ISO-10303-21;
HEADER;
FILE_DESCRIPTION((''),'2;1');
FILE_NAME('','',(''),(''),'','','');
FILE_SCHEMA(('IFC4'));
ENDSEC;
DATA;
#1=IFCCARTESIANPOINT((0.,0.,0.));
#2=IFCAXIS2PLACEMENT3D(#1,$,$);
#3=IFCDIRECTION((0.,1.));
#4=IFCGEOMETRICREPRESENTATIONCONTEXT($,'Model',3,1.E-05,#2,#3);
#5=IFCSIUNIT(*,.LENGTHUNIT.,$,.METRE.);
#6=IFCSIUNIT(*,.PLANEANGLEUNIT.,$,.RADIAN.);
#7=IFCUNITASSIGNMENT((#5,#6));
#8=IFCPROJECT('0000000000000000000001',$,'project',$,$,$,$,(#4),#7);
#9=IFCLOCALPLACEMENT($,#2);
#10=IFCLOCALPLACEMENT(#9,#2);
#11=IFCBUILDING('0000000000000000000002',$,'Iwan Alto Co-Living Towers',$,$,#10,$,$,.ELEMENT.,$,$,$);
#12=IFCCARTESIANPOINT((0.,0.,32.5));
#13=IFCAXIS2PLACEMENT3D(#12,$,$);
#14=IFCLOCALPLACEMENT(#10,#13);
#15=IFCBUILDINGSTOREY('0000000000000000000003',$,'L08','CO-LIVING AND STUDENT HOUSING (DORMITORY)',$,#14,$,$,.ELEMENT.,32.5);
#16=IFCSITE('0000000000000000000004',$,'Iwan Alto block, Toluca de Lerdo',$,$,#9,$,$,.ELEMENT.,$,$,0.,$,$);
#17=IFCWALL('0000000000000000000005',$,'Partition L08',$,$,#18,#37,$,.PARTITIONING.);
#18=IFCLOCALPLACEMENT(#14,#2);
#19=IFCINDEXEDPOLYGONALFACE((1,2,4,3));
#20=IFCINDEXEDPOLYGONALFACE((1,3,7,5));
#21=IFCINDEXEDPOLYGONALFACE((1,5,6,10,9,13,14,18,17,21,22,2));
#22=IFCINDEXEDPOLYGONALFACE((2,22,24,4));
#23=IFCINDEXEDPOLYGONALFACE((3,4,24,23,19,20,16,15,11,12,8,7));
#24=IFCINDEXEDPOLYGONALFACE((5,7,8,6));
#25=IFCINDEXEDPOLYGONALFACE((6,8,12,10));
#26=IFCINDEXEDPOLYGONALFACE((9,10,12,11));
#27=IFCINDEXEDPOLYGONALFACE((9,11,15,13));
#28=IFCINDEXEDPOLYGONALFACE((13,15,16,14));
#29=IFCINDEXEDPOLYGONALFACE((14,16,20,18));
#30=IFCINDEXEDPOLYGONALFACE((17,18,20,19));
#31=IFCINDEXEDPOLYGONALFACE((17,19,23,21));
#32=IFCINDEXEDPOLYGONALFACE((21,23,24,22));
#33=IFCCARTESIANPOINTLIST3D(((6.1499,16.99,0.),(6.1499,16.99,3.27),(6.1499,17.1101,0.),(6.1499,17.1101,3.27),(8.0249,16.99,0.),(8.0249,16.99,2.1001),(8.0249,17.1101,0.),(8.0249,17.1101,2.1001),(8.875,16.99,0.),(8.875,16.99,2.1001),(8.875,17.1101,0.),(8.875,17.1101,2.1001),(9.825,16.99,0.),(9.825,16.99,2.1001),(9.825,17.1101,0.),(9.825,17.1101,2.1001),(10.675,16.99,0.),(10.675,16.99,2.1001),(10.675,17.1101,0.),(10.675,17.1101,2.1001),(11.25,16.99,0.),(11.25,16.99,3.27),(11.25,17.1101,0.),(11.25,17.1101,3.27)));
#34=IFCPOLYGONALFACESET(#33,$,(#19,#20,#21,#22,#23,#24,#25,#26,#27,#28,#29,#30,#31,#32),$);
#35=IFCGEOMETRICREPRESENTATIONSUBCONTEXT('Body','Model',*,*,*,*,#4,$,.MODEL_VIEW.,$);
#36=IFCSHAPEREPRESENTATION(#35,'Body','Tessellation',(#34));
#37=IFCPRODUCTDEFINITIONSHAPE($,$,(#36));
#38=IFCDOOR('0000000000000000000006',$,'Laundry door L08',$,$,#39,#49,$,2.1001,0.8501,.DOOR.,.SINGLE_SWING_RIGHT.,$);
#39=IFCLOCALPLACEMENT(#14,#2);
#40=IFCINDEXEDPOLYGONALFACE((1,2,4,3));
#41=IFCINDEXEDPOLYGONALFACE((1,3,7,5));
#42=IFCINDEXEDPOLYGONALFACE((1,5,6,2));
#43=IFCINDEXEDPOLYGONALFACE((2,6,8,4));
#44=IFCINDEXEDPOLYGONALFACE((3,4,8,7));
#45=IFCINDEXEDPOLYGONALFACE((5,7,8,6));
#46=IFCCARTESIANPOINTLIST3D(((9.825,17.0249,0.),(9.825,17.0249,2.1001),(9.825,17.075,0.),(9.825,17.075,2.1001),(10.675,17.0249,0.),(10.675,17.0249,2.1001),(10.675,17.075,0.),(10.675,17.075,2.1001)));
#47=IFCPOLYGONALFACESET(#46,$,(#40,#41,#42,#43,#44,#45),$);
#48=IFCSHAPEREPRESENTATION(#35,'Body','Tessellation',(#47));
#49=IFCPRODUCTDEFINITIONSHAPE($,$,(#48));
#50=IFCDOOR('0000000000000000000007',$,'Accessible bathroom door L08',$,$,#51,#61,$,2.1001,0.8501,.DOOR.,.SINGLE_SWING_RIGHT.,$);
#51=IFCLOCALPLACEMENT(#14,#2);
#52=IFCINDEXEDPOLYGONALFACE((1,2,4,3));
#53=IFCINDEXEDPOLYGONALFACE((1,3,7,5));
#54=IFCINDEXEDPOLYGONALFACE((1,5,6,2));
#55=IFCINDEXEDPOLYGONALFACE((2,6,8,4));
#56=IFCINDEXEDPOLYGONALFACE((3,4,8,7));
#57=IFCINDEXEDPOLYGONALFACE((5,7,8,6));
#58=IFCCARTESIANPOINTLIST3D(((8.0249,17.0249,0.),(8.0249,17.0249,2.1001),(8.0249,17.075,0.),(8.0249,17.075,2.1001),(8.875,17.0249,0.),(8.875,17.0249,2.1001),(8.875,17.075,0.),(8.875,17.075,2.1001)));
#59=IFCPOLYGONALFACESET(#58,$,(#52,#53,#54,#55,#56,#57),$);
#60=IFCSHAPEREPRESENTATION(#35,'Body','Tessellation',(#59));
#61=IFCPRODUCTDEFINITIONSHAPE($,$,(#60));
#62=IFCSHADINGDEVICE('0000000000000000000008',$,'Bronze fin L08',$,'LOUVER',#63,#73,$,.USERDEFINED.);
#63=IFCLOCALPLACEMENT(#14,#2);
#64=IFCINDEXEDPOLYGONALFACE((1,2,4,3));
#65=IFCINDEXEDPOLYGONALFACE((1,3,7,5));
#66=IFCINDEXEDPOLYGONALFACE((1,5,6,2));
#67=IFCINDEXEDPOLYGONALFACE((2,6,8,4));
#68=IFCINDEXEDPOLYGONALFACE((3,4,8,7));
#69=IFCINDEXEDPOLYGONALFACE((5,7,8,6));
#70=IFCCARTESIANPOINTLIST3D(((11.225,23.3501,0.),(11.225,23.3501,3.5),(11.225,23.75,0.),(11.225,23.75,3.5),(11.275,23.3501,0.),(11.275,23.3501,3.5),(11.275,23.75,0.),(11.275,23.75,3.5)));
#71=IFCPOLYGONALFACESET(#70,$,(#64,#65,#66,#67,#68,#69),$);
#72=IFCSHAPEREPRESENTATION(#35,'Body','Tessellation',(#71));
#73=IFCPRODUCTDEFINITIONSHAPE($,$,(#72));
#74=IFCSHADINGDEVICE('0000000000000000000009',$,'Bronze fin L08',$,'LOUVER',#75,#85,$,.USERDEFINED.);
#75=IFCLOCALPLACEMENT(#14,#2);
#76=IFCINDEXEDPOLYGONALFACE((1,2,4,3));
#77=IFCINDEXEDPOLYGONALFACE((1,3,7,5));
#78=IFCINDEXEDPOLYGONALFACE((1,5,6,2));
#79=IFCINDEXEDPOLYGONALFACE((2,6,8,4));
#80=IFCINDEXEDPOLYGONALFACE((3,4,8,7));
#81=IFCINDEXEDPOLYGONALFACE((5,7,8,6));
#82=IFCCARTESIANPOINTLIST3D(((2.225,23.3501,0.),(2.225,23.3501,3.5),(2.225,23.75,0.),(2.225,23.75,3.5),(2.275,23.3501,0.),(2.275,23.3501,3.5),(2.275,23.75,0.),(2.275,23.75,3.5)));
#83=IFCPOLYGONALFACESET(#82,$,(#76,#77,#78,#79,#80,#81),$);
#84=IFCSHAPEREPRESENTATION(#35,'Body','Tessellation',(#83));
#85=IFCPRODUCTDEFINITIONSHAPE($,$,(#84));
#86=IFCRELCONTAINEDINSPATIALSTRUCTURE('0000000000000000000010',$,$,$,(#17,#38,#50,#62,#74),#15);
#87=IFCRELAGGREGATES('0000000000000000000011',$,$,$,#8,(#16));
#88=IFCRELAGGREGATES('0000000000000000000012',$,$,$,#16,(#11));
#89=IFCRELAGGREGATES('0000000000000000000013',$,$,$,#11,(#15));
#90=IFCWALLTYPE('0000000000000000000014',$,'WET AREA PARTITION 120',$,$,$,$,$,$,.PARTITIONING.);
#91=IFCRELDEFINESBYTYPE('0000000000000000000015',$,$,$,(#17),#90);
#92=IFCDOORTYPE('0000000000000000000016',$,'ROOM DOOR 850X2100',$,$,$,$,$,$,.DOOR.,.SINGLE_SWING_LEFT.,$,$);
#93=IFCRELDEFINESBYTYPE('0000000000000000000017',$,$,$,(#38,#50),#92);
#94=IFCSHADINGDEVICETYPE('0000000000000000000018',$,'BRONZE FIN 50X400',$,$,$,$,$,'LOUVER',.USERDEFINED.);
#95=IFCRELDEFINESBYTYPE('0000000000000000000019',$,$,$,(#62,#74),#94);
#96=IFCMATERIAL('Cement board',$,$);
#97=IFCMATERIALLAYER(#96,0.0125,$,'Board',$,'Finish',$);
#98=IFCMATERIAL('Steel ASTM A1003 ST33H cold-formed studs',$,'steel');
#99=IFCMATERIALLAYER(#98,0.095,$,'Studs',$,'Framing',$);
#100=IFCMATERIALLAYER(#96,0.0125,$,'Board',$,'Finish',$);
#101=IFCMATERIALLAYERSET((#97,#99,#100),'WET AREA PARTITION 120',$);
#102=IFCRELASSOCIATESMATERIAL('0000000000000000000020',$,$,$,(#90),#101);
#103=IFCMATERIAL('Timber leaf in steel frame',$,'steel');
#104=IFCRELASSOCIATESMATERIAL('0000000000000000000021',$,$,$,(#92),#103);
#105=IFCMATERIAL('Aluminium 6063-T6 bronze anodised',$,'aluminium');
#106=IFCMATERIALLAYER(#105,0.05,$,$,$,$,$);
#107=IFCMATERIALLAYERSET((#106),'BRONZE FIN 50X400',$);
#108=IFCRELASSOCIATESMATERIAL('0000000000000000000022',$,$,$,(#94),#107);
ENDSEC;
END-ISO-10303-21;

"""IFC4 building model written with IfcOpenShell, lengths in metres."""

from ifc_helpers import new_model, si_unit, direction, frame, frame_2d, origin, origin_2d, place, context, subcontext, project, spatial, rectangle, extrude, material, layer, layer_set, type_object, element, fill, save


model = new_model("IFC4")

# Units and contexts
model_context = context("Model", 3, precision=1e-05, world=origin(), true_north=direction((0.0, 1.0)))
body_context = subcontext(model_context, "Body", "Model", "MODEL_VIEW")
ifc_project = project(units=[si_unit("LENGTHUNIT", "METRE"), si_unit("PLANEANGLEUNIT", "RADIAN")], contexts=[model_context])

# Site, building, storey
site_placement = place(None, origin())
site = spatial("IfcSite", under=ifc_project, at=site_placement, Name="Iwan Alto block, Toluca de Lerdo", CompositionType="ELEMENT", RefElevation=0.0)
building_placement = place(site_placement, origin())
building = spatial("IfcBuilding", under=site, at=building_placement, Name="Iwan Alto Co-Living Towers", CompositionType="ELEMENT")
storey_placement = place(building_placement, frame((0.0, 0.0, 32.5)))
storey = spatial("IfcBuildingStorey", under=building, at=storey_placement, Name="L08", Description="CO-LIVING AND STUDENT HOUSING (DORMITORY)", CompositionType="ELEMENT", Elevation=32.5)

# Shared definitions
ifc_material_1 = material(Name="Steel ASTM A1003 ST33H cold-formed studs", Category="steel")

# Wall, openings, doors
ifc_material_2 = material(Name="Cement board")
ifc_layer_1 = layer(ifc_material_2, 0.0125, Name="Board", Category="Finish")
ifc_layer_2 = layer(ifc_material_1, 0.095, Name="Studs", Category="Framing")
ifc_layer_3 = layer(ifc_material_2, 0.0125, Name="Board", Category="Finish")
ifc_layer_set_1 = layer_set([ifc_layer_1, ifc_layer_2, ifc_layer_3], Name="WET AREA PARTITION 120")
wall_type_1 = type_object("IfcWallType", Name="WET AREA PARTITION 120", PredefinedType="PARTITIONING", material=ifc_layer_set_1)
wall_placement = place(storey_placement, frame((6.1499, 17.05, 0.0), z_axis=(0.0, 0.0, 1.0), x_axis=(1.0, 0.0, 0.0)))
wall = element("IfcWall", 1, at=wall_placement, inside=storey, type_object=wall_type_1, Name="Partition L08", PredefinedType="PARTITIONING", context=body_context, shape_type="SweptSolid", body=[
    extrude(rectangle(XDim=5.1001, YDim=0.1201, at=frame_2d((2.55, 0.0))), origin(), (0.0, 0.0, 1.0), 3.27),
])
opening_1_placement = place(wall_placement, frame((3.675, 0.0, 0.0)))
opening_1 = element("IfcOpeningElement", 2, at=opening_1_placement, cuts=wall, PredefinedType="OPENING", context=body_context, shape_type="SweptSolid", body=[
    extrude(rectangle(XDim=0.8501, YDim=2.1001, at=frame_2d((0.425, 1.05))), frame((0.0, 0.0701, 0.0), z_axis=(0.0, -1.0, 0.0), x_axis=(1.0, 0.0, 0.0)), (0.0, 0.0, 1.0), 0.1401),
])
opening_2_placement = place(wall_placement, frame((1.875, 0.0, 0.0)))
opening_2 = element("IfcOpeningElement", 3, at=opening_2_placement, cuts=wall, PredefinedType="OPENING", context=body_context, shape_type="SweptSolid", body=[
    extrude(rectangle(XDim=0.8501, YDim=2.1001, at=frame_2d((0.425, 1.05))), frame((0.0, 0.0701, 0.0), z_axis=(0.0, -1.0, 0.0), x_axis=(1.0, 0.0, 0.0)), (0.0, 0.0, 1.0), 0.1401),
])
ifc_material_3 = material(Name="Timber leaf in steel frame", Category="steel")
door_type = type_object("IfcDoorType", Name="ROOM DOOR 850X2100", OperationType="SINGLE_SWING_LEFT", PredefinedType="DOOR", material=ifc_material_3)
door_1_placement = place(opening_1_placement, origin())
door_1 = element("IfcDoor", 4, at=door_1_placement, inside=storey, type_object=door_type, Name="Laundry door L08", OperationType="SINGLE_SWING_RIGHT", OverallHeight=2.1001, OverallWidth=0.8501, PredefinedType="DOOR", context=body_context, shape_type="SweptSolid", body=[
    extrude(rectangle(XDim=0.8501, YDim=2.1001, at=frame_2d((0.425, 1.05))), frame((0.0, 0.0249, 0.0), z_axis=(0.0, -1.0, 0.0), x_axis=(1.0, 0.0, 0.0)), (0.0, 0.0, 1.0), 0.05),
])
fill(opening_1, door_1)
door_2_placement = place(opening_2_placement, origin())
door_2 = element("IfcDoor", 5, at=door_2_placement, inside=storey, type_object=door_type, Name="Accessible bathroom door L08", OperationType="SINGLE_SWING_RIGHT", OverallHeight=2.1001, OverallWidth=0.8501, PredefinedType="DOOR", context=body_context, shape_type="SweptSolid", body=[
    extrude(rectangle(XDim=0.8501, YDim=2.1001, at=frame_2d((0.425, 1.05))), frame((0.0, 0.0249, 0.0), z_axis=(0.0, -1.0, 0.0), x_axis=(1.0, 0.0, 0.0)), (0.0, 0.0, 1.0), 0.05),
])
fill(opening_2, door_2)

# Shading devices
ifc_material_4 = material(Name="Aluminium 6063-T6 bronze anodised", Category="aluminium")
ifc_layer_4 = layer(ifc_material_4, 0.05)
ifc_layer_set_2 = layer_set([ifc_layer_4], Name="BRONZE FIN 50X400")
shading_device_type = type_object("IfcShadingDeviceType", Name="BRONZE FIN 50X400", ElementType="LOUVER", PredefinedType="USERDEFINED", material=ifc_layer_set_2)
for number, where, z_axis, x_axis, name in (
    (6, (11.25, 23.55, 0.0), (0.0, 0.0, 1.0), (-1.0, 0.0, 0.0), "Bronze fin L08"),
    (7, (2.25, 23.55, 0.0), (0.0, 0.0, 1.0), (-1.0, 0.0, 0.0), "Bronze fin L08"),
):
    element("IfcShadingDevice", number, at=place(storey_placement, frame(where, z_axis=z_axis, x_axis=x_axis)), inside=storey, type_object=shading_device_type, Name=name, ObjectType="LOUVER", PredefinedType="USERDEFINED", context=body_context, shape_type="SweptSolid", body=[
        extrude(rectangle(XDim=0.05, YDim=0.3999, at=origin_2d()), origin(), (0.0, 0.0, 1.0), 3.5),
    ])

save(model, "model.ifc")
